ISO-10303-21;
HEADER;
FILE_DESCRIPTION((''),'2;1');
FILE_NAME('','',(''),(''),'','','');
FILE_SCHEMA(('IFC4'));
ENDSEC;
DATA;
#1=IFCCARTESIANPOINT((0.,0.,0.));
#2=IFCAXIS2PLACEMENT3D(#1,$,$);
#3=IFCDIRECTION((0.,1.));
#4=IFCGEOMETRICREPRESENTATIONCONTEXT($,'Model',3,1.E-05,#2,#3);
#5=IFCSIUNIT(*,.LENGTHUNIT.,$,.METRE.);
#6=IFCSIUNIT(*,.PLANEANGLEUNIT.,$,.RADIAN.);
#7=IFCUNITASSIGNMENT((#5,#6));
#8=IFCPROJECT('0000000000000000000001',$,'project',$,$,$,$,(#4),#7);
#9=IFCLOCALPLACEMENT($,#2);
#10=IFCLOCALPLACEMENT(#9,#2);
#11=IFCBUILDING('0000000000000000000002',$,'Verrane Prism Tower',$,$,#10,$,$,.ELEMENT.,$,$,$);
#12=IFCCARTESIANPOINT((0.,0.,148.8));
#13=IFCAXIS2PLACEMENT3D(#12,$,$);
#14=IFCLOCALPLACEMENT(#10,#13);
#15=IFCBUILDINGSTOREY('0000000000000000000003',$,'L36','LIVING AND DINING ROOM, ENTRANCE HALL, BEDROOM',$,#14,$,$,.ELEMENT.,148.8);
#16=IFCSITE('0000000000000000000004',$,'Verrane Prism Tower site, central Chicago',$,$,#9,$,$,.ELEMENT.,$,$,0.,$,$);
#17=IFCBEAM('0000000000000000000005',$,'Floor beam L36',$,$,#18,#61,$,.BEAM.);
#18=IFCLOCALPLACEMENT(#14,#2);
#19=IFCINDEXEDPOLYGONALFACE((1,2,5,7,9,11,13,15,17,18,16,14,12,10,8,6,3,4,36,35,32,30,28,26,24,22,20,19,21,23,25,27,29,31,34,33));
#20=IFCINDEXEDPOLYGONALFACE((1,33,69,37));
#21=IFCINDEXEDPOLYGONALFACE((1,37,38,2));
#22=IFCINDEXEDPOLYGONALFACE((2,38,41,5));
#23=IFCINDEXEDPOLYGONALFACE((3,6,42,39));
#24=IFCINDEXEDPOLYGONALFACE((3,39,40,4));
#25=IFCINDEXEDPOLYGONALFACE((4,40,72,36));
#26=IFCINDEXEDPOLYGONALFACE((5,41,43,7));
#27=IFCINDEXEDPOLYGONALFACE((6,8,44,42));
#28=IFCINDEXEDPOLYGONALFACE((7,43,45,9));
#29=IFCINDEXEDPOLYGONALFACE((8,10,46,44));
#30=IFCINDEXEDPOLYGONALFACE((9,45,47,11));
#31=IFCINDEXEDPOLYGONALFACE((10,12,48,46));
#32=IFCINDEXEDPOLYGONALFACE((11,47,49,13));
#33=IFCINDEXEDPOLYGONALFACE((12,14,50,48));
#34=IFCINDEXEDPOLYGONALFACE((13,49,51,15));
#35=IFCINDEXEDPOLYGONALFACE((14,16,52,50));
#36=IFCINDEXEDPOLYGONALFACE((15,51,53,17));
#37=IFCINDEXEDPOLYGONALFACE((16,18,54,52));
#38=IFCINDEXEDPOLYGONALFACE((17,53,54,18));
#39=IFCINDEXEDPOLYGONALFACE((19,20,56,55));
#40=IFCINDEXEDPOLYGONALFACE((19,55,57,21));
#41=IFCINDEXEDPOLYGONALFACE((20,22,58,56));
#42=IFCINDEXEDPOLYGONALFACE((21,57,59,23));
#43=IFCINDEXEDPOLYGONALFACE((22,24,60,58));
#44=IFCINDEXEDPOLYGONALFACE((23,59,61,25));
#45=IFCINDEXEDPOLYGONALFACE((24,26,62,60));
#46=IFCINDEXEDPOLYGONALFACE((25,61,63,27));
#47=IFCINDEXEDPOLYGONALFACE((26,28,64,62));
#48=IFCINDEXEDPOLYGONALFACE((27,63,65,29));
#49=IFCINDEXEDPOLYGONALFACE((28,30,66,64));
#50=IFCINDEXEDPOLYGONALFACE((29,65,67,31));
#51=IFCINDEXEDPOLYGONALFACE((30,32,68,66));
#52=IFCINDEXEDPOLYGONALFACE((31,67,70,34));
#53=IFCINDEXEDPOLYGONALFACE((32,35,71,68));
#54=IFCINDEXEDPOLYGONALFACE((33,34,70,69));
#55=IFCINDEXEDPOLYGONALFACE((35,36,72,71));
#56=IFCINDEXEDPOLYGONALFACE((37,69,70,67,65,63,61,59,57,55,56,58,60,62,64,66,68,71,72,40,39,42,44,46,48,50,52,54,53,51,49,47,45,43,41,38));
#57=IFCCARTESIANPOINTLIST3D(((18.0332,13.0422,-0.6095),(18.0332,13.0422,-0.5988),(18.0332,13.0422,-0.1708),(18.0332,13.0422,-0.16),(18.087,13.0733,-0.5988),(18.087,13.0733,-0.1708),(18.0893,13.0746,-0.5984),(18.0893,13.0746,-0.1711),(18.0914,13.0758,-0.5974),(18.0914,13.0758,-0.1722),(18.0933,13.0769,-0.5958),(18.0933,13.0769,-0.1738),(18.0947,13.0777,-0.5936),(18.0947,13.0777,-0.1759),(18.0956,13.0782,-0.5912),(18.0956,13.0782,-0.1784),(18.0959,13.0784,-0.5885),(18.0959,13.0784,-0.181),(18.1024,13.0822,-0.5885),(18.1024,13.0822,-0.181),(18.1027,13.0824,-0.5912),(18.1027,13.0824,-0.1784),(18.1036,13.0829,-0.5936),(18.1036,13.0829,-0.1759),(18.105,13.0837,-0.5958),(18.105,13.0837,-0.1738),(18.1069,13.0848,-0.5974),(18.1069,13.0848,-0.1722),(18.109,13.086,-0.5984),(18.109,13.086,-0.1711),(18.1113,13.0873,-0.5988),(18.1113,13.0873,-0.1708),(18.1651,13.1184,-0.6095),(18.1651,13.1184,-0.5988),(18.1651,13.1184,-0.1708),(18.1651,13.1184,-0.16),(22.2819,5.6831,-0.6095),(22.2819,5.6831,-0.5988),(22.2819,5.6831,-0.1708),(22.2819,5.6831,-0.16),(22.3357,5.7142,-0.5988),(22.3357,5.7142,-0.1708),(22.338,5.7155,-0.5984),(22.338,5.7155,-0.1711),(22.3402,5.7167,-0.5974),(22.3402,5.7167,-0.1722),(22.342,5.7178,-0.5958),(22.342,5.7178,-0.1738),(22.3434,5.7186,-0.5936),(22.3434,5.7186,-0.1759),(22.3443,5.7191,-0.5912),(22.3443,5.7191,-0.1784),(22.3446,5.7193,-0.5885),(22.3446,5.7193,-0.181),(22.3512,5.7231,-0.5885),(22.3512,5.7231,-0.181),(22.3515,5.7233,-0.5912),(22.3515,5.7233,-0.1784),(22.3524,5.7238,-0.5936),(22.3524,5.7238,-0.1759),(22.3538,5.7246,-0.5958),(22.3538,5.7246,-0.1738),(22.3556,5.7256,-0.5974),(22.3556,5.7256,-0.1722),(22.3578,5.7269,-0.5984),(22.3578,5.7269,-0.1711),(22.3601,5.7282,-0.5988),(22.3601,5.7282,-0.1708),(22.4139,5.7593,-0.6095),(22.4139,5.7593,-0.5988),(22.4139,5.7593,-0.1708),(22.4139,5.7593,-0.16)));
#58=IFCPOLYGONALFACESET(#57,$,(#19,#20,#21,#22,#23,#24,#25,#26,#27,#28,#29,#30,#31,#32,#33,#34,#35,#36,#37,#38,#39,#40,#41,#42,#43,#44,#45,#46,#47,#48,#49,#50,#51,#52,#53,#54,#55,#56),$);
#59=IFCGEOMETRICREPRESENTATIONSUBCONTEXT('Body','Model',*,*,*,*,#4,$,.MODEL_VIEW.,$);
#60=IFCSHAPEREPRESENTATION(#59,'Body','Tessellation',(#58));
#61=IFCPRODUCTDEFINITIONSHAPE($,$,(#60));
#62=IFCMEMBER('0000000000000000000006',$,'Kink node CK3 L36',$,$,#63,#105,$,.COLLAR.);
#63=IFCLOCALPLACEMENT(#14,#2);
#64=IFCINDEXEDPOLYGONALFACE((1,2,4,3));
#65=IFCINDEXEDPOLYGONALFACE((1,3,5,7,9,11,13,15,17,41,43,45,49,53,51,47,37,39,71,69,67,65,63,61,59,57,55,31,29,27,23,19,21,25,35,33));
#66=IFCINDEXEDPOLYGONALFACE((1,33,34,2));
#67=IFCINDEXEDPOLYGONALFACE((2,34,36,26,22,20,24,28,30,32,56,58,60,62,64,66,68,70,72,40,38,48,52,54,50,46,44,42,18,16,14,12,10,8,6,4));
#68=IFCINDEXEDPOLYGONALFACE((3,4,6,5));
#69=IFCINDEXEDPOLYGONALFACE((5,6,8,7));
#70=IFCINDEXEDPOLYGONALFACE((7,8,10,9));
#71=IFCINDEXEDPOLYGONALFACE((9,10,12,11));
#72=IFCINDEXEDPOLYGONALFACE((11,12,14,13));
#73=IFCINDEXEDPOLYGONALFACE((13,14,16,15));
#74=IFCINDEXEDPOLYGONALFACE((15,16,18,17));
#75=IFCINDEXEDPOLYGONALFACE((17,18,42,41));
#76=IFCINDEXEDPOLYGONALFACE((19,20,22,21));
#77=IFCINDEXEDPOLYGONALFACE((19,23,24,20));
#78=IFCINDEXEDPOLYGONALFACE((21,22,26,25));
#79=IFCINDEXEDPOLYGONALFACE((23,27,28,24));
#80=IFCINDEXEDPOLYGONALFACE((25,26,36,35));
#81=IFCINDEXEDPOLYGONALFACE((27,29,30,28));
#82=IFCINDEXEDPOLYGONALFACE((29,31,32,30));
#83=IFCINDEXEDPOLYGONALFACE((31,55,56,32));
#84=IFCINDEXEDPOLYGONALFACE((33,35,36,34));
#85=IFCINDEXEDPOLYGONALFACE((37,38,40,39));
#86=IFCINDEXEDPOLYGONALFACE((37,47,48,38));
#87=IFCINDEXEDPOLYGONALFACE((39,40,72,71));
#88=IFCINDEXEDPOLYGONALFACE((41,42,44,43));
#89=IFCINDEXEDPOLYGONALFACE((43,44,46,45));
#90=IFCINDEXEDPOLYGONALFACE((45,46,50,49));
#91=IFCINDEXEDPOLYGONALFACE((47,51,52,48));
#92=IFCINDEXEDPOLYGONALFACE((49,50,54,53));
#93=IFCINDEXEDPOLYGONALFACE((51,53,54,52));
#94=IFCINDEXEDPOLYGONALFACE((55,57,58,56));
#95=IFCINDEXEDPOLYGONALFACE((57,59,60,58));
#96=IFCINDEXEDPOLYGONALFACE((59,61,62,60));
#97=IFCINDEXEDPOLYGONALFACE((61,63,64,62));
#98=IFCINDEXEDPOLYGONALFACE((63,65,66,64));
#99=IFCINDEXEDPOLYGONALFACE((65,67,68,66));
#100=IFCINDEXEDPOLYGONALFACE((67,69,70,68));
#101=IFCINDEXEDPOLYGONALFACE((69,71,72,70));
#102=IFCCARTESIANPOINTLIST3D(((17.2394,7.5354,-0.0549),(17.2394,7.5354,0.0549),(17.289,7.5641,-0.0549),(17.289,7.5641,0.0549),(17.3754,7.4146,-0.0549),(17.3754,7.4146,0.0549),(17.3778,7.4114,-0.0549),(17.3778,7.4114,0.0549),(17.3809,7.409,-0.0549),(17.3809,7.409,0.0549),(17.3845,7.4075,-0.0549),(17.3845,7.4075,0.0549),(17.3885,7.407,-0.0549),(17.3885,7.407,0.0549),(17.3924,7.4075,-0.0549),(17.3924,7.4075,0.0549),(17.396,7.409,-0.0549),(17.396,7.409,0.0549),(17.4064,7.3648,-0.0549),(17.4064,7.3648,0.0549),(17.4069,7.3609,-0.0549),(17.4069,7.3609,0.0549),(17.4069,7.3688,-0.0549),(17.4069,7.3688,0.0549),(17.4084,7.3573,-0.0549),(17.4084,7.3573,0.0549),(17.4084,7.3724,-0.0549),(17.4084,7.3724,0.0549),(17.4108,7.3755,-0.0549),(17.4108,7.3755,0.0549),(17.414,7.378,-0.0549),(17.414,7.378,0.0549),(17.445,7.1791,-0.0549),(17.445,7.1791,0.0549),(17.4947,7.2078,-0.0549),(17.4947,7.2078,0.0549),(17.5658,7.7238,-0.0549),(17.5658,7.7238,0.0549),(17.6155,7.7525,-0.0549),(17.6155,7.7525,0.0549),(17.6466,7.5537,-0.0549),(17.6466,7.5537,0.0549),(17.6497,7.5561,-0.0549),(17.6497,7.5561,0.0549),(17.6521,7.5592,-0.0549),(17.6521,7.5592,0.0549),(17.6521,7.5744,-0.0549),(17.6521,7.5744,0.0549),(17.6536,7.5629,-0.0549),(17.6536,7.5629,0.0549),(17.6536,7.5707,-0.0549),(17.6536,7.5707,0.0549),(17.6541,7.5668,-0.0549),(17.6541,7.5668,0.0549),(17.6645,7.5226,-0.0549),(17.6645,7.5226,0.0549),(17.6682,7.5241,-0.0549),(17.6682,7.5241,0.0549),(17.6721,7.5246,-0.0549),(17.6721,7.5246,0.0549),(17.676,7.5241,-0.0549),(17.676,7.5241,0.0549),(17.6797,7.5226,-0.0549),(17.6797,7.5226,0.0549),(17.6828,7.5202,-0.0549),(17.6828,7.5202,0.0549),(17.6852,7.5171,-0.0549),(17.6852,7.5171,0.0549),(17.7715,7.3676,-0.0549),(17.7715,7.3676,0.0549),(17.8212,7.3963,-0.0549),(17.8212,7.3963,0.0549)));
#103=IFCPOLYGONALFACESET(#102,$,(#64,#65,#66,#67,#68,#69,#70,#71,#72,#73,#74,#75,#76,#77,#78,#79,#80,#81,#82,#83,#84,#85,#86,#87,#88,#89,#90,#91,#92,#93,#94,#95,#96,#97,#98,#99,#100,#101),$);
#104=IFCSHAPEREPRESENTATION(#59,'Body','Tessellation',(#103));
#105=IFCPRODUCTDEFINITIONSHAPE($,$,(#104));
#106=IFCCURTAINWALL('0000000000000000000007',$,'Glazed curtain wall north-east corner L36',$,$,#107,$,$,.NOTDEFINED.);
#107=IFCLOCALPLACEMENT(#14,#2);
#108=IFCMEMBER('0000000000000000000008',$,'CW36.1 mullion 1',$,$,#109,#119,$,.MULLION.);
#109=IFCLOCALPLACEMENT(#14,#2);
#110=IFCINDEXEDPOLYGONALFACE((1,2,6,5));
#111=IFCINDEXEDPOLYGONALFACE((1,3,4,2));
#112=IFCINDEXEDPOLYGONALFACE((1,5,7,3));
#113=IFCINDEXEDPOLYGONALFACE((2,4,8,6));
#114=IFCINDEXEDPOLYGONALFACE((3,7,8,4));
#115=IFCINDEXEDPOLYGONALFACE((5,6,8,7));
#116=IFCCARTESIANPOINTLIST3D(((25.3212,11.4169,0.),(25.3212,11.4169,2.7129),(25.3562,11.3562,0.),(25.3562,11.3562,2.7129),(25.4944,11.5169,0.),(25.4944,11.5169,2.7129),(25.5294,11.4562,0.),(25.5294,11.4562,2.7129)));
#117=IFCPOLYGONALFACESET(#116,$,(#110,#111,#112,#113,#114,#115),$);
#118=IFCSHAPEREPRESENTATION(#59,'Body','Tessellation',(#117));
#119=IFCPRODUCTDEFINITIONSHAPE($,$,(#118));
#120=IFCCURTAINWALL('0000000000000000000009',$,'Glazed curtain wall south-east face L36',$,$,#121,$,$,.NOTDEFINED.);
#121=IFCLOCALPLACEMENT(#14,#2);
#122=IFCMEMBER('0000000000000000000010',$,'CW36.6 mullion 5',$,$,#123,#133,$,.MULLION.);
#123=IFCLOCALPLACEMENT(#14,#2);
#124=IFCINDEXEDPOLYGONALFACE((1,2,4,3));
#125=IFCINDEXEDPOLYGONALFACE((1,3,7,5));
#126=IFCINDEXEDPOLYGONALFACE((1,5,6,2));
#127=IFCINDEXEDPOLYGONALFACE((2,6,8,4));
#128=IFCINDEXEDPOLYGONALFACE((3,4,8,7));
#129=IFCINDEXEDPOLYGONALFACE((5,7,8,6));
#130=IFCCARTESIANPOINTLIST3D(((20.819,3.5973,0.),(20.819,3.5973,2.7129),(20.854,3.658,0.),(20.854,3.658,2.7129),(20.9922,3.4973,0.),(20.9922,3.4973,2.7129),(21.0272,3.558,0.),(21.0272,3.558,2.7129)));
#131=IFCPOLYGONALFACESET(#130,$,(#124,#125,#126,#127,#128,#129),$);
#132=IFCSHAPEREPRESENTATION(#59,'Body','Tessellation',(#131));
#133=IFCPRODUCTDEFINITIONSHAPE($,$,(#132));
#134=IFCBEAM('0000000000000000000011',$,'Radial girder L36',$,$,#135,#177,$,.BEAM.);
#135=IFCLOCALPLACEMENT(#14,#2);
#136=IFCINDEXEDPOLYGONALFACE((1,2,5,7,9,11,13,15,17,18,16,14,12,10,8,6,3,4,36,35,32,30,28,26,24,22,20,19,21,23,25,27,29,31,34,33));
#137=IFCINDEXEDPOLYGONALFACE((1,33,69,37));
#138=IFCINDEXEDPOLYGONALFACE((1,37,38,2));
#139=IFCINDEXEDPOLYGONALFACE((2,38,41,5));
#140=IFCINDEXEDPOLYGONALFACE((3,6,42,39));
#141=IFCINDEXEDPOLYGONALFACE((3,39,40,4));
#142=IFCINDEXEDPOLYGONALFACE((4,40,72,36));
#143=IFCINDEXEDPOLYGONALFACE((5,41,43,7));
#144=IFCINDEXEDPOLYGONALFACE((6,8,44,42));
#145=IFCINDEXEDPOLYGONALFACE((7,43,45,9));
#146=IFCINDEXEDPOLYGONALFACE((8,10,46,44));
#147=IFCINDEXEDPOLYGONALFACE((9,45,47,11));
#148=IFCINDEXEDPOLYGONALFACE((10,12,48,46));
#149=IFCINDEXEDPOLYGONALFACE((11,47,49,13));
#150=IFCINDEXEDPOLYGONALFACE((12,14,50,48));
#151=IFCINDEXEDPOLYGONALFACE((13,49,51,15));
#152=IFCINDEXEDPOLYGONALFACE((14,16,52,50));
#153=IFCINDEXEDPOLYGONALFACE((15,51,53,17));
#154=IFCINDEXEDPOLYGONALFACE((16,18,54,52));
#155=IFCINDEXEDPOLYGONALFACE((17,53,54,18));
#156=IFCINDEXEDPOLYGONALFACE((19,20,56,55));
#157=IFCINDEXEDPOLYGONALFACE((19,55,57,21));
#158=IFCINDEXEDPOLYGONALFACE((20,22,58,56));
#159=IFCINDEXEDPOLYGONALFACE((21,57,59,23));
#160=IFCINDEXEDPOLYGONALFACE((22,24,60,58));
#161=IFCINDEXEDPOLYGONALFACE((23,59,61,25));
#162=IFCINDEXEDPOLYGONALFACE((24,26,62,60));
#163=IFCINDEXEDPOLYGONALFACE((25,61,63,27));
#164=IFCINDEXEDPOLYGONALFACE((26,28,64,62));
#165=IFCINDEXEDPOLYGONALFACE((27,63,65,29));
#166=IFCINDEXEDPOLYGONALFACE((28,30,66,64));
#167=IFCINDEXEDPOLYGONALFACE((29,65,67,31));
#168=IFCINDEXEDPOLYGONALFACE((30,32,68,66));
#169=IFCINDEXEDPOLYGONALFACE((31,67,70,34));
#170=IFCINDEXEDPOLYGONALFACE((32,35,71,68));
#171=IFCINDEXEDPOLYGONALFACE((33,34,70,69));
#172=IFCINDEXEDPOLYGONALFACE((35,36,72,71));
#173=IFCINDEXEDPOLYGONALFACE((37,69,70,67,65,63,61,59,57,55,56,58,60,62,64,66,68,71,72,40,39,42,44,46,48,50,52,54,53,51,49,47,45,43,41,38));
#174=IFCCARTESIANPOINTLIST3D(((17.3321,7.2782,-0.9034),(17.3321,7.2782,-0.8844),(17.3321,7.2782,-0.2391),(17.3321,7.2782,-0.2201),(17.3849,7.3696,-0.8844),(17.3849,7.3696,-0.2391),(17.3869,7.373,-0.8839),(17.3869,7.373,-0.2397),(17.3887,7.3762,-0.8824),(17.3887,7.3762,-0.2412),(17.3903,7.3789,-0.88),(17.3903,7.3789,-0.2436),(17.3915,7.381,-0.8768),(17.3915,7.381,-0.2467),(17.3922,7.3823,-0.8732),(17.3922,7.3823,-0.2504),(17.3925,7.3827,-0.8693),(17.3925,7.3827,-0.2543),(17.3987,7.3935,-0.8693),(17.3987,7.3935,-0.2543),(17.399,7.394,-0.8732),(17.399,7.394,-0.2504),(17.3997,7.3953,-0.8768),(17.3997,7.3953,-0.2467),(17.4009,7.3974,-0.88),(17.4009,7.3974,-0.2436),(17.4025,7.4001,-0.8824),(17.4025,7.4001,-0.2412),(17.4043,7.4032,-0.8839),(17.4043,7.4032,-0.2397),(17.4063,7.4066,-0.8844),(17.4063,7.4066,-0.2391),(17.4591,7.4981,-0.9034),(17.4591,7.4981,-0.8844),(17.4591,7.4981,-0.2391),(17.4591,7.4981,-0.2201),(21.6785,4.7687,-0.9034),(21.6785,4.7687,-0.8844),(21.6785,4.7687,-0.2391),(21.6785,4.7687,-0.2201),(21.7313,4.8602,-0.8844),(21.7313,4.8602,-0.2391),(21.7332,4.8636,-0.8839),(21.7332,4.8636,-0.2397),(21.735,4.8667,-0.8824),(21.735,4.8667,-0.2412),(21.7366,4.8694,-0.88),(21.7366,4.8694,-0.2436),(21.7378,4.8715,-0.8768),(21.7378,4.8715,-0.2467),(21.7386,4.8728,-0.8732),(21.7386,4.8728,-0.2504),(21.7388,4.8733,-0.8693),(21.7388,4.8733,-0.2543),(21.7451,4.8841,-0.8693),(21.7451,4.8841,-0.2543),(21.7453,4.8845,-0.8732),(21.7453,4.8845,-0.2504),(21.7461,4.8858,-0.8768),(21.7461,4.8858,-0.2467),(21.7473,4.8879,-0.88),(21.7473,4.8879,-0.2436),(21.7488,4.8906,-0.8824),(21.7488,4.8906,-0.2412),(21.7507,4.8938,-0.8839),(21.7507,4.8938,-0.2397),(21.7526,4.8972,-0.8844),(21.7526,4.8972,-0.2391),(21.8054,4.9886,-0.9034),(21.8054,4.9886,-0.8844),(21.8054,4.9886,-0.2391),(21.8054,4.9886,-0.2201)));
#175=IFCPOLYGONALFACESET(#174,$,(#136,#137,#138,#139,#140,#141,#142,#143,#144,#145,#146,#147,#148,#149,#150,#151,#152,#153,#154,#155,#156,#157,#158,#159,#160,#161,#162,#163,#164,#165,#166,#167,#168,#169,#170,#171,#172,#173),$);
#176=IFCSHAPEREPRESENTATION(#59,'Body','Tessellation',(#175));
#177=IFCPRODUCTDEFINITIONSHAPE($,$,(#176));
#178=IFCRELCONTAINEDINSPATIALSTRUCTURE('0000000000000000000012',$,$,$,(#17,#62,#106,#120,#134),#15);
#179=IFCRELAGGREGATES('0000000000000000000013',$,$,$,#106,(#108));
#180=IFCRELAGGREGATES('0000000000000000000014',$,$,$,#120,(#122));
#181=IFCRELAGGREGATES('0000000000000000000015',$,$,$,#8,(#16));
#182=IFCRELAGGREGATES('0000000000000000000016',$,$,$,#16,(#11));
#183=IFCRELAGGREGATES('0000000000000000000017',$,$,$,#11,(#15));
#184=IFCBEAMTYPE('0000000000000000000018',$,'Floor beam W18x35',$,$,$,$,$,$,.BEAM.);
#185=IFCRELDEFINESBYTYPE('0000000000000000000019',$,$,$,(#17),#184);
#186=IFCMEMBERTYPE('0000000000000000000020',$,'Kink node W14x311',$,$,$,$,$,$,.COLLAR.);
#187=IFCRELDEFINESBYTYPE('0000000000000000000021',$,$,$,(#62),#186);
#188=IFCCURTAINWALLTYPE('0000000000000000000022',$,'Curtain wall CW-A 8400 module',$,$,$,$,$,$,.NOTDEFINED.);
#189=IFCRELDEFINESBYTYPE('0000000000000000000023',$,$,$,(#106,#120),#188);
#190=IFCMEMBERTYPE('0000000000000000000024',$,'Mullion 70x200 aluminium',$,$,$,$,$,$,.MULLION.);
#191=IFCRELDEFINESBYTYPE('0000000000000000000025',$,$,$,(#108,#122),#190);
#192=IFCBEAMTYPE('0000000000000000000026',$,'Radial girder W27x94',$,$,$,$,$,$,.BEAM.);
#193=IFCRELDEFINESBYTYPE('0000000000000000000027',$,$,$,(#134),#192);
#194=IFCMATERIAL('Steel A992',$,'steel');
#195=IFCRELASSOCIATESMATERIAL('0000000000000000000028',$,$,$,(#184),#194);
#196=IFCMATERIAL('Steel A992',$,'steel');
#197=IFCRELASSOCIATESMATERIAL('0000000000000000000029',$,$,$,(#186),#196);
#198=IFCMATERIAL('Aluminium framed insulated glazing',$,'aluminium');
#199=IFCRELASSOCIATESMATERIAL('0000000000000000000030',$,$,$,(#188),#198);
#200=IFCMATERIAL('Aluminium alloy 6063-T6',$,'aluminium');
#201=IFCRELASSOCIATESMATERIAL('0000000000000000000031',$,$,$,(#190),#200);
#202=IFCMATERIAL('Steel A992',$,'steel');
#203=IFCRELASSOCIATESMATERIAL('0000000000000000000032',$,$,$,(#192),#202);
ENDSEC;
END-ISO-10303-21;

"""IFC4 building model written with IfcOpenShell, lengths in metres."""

from ifc_helpers import new_model, si_unit, direction, frame, origin, origin_2d, place, context, subcontext, project, spatial, rectangle, i_section, extrude, material, material_profile, profile_set, type_object, element, aggregate, save


model = new_model("IFC4")

# Units and contexts
model_context = context("Model", 3, precision=1e-05, world=origin(), true_north=direction((0.0, 1.0)))
body_context = subcontext(model_context, "Body", "Model", "MODEL_VIEW")
ifc_project = project(units=[si_unit("LENGTHUNIT", "METRE"), si_unit("PLANEANGLEUNIT", "RADIAN")], contexts=[model_context])

# Site, building, storey
site_placement = place(None, origin())
site = spatial("IfcSite", under=ifc_project, at=site_placement, Name="Verrane Prism Tower site, central Chicago", CompositionType="ELEMENT", RefElevation=0.0)
building_placement = place(site_placement, origin())
building = spatial("IfcBuilding", under=site, at=building_placement, Name="Verrane Prism Tower", CompositionType="ELEMENT")
storey_placement = place(building_placement, frame((0.0, 0.0, 148.8)))
storey = spatial("IfcBuildingStorey", under=building, at=storey_placement, Name="L36", Description="LIVING AND DINING ROOM, ENTRANCE HALL, BEDROOM", CompositionType="ELEMENT", Elevation=148.8)

# Beam
ifc_material_1 = material(Name="Steel A992", Category="steel")
ifc_material_profile_1 = material_profile(ifc_material_1, i_section(OverallWidth=0.1523, OverallDepth=0.4495, WebThickness=0.0076, FlangeThickness=0.0107, FilletRadius=0.0103, at=origin_2d()), Name="W18x35")
ifc_profile_set_1 = profile_set([ifc_material_profile_1], Name="Steel A992")
beam_type_1 = type_object("IfcBeamType", Name="Floor beam W18x35", PredefinedType="BEAM", material=ifc_profile_set_1)
beam_1_placement = place(storey_placement, frame((22.3479, 5.7212, -0.3848), z_axis=(-0.499999, 0.866026, 0.0), x_axis=(-0.866026, -0.499999, 0.0)))
element("IfcBeam", 1, at=beam_1_placement, inside=storey, type_object=beam_type_1, Name="Floor beam L36", PredefinedType="BEAM", context=body_context, shape_type="SweptSolid", body=[
    extrude(i_section(OverallWidth=0.1523, OverallDepth=0.4495, WebThickness=0.0076, FlangeThickness=0.0107, FilletRadius=0.0103, at=origin_2d()), origin(), (0.0, 0.0, 1.0), 8.4976),
])

# Member
ifc_material_2 = material(Name="Steel A992", Category="steel")
ifc_material_profile_2 = material_profile(ifc_material_2, i_section(OverallWidth=0.4114, OverallDepth=0.4343, WebThickness=0.0359, FlangeThickness=0.0574, FilletRadius=0.0151, at=origin_2d()), Name="W14x311")
ifc_profile_set_2 = profile_set([ifc_material_profile_2], Name="Steel A992")
member_type_1 = type_object("IfcMemberType", Name="Kink node W14x311", PredefinedType="COLLAR", material=ifc_profile_set_2)
member_1_placement = place(storey_placement, frame((17.5303, 7.4658, -0.0549), z_axis=(0.0, 0.0, 1.0), x_axis=(0.5, -0.866025, 0.0)))
element("IfcMember", 2, at=member_1_placement, inside=storey, type_object=member_type_1, Name="Kink node CK3 L36", PredefinedType="COLLAR", context=body_context, shape_type="SweptSolid", body=[
    extrude(i_section(OverallWidth=0.4114, OverallDepth=0.4343, WebThickness=0.0359, FlangeThickness=0.0574, FilletRadius=0.0151, at=origin_2d()), origin(), (0.0, 0.0, 1.0), 0.1099),
])

# Curtain walls, members
ifc_material_3 = material(Name="Aluminium framed insulated glazing", Category="aluminium")
curtain_wall_type = type_object("IfcCurtainWallType", Name="Curtain wall CW-A 8400 module", PredefinedType="NOTDEFINED", material=ifc_material_3)
curtain_wall_1_placement = place(storey_placement, origin())
curtain_wall_1 = element("IfcCurtainWall", 3, at=curtain_wall_1_placement, inside=storey, type_object=curtain_wall_type, Name="Glazed curtain wall north-east corner L36", PredefinedType="NOTDEFINED")
ifc_material_4 = material(Name="Aluminium alloy 6063-T6", Category="aluminium")
ifc_material_profile_3 = material_profile(ifc_material_4, rectangle(XDim=0.2, YDim=0.0701, at=origin_2d()), Name="Mullion 70x200 aluminium")
ifc_profile_set_3 = profile_set([ifc_material_profile_3], Name="Aluminium alloy 6063-T6")
member_type_2 = type_object("IfcMemberType", Name="Mullion 70x200 aluminium", PredefinedType="MULLION", material=ifc_profile_set_3)
member_2_placement = place(storey_placement, frame((25.4253, 11.4365, 0.0), z_axis=(0.0, 0.0, 1.0), x_axis=(-0.866024, -0.500003, 0.0)))
member_2 = element("IfcMember", 4, at=member_2_placement, type_object=member_type_2, Name="CW36.1 mullion 1", PredefinedType="MULLION", context=body_context, shape_type="SweptSolid", body=[
    extrude(rectangle(XDim=0.2, YDim=0.0701, at=origin_2d()), origin(), (0.0, 0.0, 1.0), 2.7129),
])
aggregate(curtain_wall_1, [member_2])
curtain_wall_2_placement = place(storey_placement, origin())
curtain_wall_2 = element("IfcCurtainWall", 5, at=curtain_wall_2_placement, inside=storey, type_object=curtain_wall_type, Name="Glazed curtain wall south-east face L36", PredefinedType="NOTDEFINED")
member_3_placement = place(storey_placement, frame((20.9231, 3.5776, 0.0), z_axis=(0.0, 0.0, 1.0), x_axis=(-0.866025, 0.500001, 0.0)))
member_3 = element("IfcMember", 6, at=member_3_placement, type_object=member_type_2, Name="CW36.6 mullion 5", PredefinedType="MULLION", context=body_context, shape_type="SweptSolid", body=[
    extrude(rectangle(XDim=0.2, YDim=0.0701, at=origin_2d()), origin(), (0.0, 0.0, 1.0), 2.7129),
])

# Beam
ifc_material_5 = material(Name="Steel A992", Category="steel")
ifc_material_profile_4 = material_profile(ifc_material_5, i_section(OverallWidth=0.2539, OverallDepth=0.6833, WebThickness=0.0125, FlangeThickness=0.019, FilletRadius=0.0151, at=origin_2d()), Name="W27x94")
ifc_profile_set_4 = profile_set([ifc_material_profile_4], Name="Steel A992")
beam_type_2 = type_object("IfcBeamType", Name="Radial girder W27x94", PredefinedType="BEAM", material=ifc_profile_set_4)
beam_2_placement = place(storey_placement, frame((21.7419, 4.8787, -0.5618), z_axis=(-0.866016, 0.500016, 0.0), x_axis=(-0.500016, -0.866016, 0.0)))
element("IfcBeam", 7, at=beam_2_placement, inside=storey, type_object=beam_type_2, Name="Radial girder L36", PredefinedType="BEAM", context=body_context, shape_type="SweptSolid", body=[
    extrude(i_section(OverallWidth=0.2539, OverallDepth=0.6833, WebThickness=0.0125, FlangeThickness=0.019, FilletRadius=0.0151, at=origin_2d()), origin(), (0.0, 0.0, 1.0), 5.0188),
])

aggregate(curtain_wall_2, [member_3])

save(model, "model.ifc")
